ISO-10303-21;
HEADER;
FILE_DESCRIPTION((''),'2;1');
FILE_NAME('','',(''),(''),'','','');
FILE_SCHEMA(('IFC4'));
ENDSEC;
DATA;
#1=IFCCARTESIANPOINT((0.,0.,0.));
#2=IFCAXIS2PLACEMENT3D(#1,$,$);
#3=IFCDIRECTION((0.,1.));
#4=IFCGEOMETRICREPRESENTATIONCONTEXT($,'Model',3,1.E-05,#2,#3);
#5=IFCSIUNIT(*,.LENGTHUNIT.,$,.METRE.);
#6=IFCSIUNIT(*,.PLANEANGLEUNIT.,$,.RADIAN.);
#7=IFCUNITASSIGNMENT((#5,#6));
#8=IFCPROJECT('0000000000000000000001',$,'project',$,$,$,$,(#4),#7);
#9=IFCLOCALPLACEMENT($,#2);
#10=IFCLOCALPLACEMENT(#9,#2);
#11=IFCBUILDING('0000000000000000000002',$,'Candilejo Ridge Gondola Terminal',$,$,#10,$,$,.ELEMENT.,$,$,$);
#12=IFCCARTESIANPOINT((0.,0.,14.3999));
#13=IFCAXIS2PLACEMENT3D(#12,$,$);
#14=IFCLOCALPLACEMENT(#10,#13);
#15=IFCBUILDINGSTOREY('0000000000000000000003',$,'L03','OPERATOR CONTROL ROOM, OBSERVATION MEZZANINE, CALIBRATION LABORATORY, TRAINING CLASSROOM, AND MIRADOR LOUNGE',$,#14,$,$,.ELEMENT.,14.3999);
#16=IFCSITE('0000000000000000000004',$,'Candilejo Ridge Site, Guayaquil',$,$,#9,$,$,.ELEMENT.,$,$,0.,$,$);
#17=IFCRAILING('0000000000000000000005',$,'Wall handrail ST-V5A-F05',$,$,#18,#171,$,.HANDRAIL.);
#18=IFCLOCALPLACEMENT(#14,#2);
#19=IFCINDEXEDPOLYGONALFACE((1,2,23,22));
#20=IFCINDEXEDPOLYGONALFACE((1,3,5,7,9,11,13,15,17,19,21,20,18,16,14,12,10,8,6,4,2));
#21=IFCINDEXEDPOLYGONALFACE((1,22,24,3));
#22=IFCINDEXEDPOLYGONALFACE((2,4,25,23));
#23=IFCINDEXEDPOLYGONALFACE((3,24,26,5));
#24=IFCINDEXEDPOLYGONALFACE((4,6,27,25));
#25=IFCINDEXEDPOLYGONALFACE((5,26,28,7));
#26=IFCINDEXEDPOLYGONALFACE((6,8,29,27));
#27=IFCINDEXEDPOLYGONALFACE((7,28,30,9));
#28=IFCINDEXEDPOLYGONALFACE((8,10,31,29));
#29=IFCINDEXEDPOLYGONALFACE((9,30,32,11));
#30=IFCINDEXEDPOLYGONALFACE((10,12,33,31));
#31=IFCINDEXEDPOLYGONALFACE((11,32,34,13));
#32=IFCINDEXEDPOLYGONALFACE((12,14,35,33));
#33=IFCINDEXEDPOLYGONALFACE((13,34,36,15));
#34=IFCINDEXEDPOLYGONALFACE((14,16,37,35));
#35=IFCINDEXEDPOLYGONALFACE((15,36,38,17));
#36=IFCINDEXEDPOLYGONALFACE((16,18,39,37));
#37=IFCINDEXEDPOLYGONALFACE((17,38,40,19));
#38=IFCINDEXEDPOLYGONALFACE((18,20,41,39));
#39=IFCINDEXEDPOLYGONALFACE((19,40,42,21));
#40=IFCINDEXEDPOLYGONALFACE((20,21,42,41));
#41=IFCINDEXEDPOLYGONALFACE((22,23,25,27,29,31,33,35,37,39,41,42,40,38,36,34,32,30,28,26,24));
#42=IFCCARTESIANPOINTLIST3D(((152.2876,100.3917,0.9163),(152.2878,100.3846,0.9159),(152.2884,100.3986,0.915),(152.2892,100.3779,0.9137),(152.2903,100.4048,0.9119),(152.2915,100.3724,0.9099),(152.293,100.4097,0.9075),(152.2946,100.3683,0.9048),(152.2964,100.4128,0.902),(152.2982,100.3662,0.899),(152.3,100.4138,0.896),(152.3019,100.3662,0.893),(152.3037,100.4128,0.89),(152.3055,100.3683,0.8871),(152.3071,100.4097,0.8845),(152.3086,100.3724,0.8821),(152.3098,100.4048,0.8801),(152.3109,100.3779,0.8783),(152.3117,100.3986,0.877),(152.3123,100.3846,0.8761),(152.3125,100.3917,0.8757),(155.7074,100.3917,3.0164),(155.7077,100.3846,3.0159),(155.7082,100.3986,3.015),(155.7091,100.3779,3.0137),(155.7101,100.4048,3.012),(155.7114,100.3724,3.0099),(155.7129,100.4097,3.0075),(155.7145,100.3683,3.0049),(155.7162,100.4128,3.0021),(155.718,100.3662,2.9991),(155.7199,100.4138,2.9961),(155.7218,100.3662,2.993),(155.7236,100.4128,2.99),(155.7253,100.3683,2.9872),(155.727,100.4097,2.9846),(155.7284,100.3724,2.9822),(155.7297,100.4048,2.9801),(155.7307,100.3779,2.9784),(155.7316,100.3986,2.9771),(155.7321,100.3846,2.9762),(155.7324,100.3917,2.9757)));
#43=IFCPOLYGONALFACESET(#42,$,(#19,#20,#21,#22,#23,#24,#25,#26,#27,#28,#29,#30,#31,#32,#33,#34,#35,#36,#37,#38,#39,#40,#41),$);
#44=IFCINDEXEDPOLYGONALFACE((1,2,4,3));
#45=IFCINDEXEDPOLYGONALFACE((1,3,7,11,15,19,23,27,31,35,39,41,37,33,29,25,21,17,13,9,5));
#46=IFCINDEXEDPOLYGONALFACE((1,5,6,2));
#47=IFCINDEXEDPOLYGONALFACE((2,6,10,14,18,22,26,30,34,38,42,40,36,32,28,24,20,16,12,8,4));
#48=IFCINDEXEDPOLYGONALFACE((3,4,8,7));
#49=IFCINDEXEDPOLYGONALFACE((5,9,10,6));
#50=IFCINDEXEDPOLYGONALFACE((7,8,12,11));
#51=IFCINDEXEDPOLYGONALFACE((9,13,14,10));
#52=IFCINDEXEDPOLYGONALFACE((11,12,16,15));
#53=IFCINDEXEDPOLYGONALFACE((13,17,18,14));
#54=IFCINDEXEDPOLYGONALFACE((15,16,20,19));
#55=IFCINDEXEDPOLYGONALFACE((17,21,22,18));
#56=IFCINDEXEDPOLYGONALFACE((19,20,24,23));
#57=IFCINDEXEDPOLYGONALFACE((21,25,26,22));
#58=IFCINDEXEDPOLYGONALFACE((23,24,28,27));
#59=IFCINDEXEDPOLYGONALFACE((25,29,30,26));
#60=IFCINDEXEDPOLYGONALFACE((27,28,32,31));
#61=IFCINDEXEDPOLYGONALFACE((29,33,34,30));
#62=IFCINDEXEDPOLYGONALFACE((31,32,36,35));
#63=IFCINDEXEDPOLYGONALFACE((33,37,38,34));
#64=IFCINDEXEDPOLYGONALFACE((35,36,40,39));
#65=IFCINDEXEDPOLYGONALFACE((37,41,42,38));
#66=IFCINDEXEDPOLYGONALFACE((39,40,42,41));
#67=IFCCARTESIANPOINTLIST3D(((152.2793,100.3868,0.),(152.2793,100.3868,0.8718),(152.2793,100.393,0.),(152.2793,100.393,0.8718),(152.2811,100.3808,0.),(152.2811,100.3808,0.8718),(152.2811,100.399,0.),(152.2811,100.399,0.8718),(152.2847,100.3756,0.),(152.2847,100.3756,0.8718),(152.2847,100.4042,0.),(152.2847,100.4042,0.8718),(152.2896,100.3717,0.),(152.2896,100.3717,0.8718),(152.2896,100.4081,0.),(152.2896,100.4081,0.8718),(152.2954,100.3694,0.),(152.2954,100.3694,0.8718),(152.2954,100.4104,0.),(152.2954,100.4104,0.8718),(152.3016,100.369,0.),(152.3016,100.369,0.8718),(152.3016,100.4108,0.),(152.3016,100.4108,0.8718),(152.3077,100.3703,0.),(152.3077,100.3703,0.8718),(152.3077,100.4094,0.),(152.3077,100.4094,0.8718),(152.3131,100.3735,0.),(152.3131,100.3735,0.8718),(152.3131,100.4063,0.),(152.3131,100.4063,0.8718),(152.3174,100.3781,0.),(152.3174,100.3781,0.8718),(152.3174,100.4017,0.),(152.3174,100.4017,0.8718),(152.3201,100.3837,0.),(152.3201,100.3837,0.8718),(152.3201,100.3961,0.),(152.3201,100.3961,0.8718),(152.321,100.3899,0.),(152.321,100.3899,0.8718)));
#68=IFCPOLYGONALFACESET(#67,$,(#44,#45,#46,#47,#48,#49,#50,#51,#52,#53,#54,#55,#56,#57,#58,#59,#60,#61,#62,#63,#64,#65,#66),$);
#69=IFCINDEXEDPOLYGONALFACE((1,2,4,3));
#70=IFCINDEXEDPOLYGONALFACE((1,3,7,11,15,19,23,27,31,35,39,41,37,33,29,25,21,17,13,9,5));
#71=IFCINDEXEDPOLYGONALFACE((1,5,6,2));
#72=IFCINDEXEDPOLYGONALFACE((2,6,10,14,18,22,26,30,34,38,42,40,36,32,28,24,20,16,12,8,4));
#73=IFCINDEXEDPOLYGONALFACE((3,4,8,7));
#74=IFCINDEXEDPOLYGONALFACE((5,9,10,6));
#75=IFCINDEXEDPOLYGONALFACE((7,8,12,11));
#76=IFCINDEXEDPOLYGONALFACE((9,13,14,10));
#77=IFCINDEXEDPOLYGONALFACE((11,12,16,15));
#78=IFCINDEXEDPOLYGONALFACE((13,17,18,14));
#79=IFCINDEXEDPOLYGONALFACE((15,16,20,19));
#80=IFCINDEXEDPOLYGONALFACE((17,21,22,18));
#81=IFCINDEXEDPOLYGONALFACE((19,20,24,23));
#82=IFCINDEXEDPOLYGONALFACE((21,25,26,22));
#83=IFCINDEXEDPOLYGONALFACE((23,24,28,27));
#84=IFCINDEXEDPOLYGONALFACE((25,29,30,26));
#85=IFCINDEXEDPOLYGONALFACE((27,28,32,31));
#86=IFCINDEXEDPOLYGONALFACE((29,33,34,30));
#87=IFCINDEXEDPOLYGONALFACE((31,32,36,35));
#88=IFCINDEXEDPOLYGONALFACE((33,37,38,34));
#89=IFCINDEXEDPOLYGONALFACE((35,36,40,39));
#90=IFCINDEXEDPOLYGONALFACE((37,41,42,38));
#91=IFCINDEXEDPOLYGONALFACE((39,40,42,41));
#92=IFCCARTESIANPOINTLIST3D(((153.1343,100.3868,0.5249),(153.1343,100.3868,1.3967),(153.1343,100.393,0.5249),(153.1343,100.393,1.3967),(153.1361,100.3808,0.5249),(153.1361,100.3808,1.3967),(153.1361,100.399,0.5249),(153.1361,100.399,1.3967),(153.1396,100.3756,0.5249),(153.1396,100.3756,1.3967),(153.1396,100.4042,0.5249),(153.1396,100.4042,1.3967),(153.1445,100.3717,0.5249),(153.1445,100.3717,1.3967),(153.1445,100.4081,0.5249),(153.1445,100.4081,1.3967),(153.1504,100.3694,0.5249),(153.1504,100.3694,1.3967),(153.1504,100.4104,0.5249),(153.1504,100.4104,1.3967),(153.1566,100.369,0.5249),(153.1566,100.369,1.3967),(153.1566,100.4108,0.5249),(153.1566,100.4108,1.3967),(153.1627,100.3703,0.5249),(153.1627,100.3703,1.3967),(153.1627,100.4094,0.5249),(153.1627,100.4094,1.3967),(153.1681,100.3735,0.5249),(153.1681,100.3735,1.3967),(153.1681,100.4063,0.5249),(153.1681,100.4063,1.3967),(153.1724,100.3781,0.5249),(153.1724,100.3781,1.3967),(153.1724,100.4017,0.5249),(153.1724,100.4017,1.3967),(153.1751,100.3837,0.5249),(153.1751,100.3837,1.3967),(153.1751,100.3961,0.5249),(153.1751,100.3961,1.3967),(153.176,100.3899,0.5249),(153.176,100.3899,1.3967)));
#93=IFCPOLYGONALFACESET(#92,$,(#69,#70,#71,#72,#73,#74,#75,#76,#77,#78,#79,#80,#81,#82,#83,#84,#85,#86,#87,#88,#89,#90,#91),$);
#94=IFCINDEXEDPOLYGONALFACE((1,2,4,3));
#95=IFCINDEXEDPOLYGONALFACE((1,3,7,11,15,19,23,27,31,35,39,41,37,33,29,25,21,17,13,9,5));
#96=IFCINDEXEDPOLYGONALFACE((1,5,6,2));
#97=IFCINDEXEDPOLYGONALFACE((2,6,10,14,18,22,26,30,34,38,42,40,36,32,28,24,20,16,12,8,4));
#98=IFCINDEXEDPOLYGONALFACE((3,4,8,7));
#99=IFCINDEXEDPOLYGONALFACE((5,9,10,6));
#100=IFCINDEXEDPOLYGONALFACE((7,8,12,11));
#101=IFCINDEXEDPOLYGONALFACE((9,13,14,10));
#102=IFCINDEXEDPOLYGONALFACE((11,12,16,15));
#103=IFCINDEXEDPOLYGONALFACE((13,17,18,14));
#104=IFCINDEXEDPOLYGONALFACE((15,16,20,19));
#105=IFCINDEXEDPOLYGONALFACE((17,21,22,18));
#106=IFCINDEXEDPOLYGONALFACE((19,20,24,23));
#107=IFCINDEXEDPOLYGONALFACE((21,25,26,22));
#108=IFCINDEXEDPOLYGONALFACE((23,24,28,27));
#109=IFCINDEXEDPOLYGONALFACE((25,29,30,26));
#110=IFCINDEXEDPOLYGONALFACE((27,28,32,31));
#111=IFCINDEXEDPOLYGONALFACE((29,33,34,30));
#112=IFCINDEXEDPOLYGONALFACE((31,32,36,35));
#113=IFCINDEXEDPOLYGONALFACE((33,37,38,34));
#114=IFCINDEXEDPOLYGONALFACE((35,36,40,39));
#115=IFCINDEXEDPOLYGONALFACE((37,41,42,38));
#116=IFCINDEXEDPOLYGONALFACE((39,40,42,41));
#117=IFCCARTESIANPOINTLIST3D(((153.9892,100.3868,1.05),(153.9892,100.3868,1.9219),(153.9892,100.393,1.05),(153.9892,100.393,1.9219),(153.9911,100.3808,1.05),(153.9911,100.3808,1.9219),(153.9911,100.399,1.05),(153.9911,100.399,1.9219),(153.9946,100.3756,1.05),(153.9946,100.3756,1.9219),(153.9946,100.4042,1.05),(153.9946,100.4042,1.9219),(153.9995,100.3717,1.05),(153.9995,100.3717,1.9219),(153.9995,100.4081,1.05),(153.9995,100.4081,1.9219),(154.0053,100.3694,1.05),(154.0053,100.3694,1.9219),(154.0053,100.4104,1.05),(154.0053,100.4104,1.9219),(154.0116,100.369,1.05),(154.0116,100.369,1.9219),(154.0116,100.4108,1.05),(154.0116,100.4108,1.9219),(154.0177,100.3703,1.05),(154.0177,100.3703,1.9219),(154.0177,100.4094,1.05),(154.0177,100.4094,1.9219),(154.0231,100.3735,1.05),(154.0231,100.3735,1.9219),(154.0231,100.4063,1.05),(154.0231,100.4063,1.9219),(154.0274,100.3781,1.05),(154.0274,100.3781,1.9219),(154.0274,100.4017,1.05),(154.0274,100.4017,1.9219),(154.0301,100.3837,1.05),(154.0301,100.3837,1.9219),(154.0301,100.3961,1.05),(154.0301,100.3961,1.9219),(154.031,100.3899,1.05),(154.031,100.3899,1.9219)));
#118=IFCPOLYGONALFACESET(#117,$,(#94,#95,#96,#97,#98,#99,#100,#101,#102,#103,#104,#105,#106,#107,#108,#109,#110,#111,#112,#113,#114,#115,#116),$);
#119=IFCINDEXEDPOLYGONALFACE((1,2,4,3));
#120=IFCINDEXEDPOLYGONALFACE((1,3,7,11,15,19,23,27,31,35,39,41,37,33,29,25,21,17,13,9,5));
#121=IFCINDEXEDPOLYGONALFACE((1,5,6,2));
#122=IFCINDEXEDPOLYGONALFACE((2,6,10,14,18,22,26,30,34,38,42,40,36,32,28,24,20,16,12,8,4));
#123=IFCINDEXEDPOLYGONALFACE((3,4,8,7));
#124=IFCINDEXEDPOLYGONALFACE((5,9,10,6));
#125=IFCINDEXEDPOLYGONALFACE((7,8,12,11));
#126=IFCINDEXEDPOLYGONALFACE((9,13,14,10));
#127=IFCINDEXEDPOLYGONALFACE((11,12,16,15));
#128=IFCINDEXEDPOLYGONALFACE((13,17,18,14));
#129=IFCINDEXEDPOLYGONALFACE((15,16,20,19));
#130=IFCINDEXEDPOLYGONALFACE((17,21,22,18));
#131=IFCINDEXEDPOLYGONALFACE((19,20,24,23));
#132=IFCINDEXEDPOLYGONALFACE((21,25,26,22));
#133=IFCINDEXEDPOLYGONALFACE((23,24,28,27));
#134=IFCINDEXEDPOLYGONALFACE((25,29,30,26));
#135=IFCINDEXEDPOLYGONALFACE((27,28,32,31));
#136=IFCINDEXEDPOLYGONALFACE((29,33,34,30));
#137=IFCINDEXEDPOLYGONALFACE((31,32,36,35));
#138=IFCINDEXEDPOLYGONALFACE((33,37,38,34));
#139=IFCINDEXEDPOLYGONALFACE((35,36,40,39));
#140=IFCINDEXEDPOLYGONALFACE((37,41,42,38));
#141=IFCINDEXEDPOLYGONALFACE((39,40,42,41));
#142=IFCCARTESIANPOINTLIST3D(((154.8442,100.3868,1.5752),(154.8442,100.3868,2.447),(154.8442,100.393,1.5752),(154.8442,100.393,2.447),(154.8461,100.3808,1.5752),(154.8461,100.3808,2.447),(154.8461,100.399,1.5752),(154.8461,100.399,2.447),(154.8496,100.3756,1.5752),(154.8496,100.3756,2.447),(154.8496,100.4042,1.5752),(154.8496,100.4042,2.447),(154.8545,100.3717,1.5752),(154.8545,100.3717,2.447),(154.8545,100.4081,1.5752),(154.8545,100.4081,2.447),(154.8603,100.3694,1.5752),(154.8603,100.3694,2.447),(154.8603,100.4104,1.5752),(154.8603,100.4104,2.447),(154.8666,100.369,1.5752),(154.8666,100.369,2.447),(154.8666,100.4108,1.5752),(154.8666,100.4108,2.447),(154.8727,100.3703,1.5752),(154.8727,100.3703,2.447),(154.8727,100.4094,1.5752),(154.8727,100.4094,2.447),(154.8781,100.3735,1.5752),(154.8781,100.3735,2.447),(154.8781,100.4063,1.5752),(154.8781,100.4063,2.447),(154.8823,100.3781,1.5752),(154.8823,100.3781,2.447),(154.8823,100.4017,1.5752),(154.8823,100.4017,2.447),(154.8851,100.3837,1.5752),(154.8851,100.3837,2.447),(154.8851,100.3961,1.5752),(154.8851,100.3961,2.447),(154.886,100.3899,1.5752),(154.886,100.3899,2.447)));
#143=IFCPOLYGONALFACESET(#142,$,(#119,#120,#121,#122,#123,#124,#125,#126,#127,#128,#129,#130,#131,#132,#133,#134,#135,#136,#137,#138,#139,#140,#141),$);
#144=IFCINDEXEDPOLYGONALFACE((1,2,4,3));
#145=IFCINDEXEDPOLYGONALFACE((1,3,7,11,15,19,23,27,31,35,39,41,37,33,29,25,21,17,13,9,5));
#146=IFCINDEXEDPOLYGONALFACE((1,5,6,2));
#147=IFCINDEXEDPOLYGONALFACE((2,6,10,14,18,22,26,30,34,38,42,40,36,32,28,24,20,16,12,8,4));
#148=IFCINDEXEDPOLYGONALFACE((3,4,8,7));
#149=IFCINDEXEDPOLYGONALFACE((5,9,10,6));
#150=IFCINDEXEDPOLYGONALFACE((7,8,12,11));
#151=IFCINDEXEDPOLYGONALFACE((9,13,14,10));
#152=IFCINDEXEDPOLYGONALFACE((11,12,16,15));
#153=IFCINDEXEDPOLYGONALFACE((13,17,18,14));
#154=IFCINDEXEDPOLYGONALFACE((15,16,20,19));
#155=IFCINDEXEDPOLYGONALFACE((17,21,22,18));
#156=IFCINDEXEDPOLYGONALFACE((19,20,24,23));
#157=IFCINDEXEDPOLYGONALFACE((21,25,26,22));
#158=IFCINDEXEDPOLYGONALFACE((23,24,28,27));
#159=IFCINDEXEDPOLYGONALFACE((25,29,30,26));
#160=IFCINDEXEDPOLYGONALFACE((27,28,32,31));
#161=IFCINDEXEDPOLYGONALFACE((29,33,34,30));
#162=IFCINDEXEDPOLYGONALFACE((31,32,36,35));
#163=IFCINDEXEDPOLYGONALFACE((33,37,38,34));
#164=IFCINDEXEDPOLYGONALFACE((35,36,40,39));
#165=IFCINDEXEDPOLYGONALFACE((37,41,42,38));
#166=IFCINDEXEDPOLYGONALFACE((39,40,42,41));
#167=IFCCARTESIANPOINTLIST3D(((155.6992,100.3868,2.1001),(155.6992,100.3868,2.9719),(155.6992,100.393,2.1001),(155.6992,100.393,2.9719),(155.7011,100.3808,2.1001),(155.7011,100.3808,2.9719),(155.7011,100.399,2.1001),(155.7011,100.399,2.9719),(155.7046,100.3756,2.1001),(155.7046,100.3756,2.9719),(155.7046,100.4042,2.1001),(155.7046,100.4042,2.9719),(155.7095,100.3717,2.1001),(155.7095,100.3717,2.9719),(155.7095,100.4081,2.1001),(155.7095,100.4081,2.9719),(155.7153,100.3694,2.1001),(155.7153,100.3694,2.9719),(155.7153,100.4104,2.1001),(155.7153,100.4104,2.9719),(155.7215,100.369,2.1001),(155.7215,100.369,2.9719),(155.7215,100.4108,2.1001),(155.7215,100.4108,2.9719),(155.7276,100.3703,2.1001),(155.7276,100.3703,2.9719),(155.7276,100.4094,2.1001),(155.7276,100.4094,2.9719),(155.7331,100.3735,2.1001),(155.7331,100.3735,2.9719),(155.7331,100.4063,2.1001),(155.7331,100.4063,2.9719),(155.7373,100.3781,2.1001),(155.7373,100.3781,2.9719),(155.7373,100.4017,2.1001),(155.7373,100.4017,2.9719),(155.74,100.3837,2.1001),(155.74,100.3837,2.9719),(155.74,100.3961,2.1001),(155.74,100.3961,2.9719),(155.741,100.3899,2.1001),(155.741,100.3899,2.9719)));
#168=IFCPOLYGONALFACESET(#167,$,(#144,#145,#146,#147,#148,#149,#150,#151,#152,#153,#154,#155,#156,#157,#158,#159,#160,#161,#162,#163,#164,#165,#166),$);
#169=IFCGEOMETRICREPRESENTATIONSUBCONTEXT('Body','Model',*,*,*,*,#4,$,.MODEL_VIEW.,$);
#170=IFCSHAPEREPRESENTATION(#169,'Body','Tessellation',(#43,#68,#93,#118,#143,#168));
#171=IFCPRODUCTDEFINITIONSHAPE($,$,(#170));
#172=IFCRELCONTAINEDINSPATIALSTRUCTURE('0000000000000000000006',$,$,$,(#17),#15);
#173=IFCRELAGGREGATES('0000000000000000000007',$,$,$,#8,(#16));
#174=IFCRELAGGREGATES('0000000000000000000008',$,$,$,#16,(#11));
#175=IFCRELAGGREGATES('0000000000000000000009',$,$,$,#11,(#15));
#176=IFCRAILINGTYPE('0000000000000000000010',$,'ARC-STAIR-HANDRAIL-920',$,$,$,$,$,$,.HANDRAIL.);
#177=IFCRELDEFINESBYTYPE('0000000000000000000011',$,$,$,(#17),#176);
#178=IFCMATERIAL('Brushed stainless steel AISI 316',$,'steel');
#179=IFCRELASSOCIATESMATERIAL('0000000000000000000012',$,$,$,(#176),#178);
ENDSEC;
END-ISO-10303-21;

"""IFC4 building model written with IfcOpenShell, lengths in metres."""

from ifc_helpers import new_model, si_unit, direction, frame, origin, origin_2d, place, context, subcontext, project, spatial, circle, extrude, material, type_object, element, save


model = new_model("IFC4")

# Units and contexts
model_context = context("Model", 3, precision=1e-05, world=origin(), true_north=direction((0.0, 1.0)))
body_context = subcontext(model_context, "Body", "Model", "MODEL_VIEW")
ifc_project = project(units=[si_unit("LENGTHUNIT", "METRE"), si_unit("PLANEANGLEUNIT", "RADIAN")], contexts=[model_context])

# Site, building, storey
site_placement = place(None, origin())
site = spatial("IfcSite", under=ifc_project, at=site_placement, Name="Candilejo Ridge Site, Guayaquil", CompositionType="ELEMENT", RefElevation=0.0)
building_placement = place(site_placement, origin())
building = spatial("IfcBuilding", under=site, at=building_placement, Name="Candilejo Ridge Gondola Terminal", CompositionType="ELEMENT")
storey_placement = place(building_placement, frame((0.0, 0.0, 14.3999)))
storey = spatial("IfcBuildingStorey", under=building, at=storey_placement, Name="L03", Description="OPERATOR CONTROL ROOM, OBSERVATION MEZZANINE, CALIBRATION LABORATORY, TRAINING CLASSROOM, AND MIRADOR LOUNGE", CompositionType="ELEMENT", Elevation=14.3999)

# Railing
ifc_material_1 = material(Name="Brushed stainless steel AISI 316", Category="steel")
railing_type = type_object("IfcRailingType", Name="ARC-STAIR-HANDRAIL-920", PredefinedType="HANDRAIL", material=ifc_material_1)
railing_placement = place(storey_placement, frame((152.3, 100.3899, 0.0)))
element("IfcRailing", 1, at=railing_placement, inside=storey, type_object=railing_type, Name="Wall handrail ST-V5A-F05", PredefinedType="HANDRAIL", context=body_context, shape_type="SweptSolid", body=[
    extrude(circle(Radius=0.0239, at=origin_2d()), frame((0.0, 0.0, 0.896), z_axis=(0.852155, 0.0, 0.523289), x_axis=(0.0, 1.0, 0.0)), (0.0, 0.0, 1.0), 4.0132),
    extrude(circle(Radius=0.021, at=origin_2d()), origin(), (0.0, 0.0, 1.0), 0.8718),
    extrude(circle(Radius=0.021, at=origin_2d()), frame((0.855, 0.0, 0.5249)), (0.0, 0.0, 1.0), 0.8718),
    extrude(circle(Radius=0.021, at=origin_2d()), frame((1.71, 0.0, 1.05)), (0.0, 0.0, 1.0), 0.8718),
    extrude(circle(Radius=0.021, at=origin_2d()), frame((2.5649, 0.0, 1.5752)), (0.0, 0.0, 1.0), 0.8718),
    extrude(circle(Radius=0.021, at=origin_2d()), frame((3.4199, 0.0, 2.1001)), (0.0, 0.0, 1.0), 0.8718),
])

save(model, "model.ifc")
